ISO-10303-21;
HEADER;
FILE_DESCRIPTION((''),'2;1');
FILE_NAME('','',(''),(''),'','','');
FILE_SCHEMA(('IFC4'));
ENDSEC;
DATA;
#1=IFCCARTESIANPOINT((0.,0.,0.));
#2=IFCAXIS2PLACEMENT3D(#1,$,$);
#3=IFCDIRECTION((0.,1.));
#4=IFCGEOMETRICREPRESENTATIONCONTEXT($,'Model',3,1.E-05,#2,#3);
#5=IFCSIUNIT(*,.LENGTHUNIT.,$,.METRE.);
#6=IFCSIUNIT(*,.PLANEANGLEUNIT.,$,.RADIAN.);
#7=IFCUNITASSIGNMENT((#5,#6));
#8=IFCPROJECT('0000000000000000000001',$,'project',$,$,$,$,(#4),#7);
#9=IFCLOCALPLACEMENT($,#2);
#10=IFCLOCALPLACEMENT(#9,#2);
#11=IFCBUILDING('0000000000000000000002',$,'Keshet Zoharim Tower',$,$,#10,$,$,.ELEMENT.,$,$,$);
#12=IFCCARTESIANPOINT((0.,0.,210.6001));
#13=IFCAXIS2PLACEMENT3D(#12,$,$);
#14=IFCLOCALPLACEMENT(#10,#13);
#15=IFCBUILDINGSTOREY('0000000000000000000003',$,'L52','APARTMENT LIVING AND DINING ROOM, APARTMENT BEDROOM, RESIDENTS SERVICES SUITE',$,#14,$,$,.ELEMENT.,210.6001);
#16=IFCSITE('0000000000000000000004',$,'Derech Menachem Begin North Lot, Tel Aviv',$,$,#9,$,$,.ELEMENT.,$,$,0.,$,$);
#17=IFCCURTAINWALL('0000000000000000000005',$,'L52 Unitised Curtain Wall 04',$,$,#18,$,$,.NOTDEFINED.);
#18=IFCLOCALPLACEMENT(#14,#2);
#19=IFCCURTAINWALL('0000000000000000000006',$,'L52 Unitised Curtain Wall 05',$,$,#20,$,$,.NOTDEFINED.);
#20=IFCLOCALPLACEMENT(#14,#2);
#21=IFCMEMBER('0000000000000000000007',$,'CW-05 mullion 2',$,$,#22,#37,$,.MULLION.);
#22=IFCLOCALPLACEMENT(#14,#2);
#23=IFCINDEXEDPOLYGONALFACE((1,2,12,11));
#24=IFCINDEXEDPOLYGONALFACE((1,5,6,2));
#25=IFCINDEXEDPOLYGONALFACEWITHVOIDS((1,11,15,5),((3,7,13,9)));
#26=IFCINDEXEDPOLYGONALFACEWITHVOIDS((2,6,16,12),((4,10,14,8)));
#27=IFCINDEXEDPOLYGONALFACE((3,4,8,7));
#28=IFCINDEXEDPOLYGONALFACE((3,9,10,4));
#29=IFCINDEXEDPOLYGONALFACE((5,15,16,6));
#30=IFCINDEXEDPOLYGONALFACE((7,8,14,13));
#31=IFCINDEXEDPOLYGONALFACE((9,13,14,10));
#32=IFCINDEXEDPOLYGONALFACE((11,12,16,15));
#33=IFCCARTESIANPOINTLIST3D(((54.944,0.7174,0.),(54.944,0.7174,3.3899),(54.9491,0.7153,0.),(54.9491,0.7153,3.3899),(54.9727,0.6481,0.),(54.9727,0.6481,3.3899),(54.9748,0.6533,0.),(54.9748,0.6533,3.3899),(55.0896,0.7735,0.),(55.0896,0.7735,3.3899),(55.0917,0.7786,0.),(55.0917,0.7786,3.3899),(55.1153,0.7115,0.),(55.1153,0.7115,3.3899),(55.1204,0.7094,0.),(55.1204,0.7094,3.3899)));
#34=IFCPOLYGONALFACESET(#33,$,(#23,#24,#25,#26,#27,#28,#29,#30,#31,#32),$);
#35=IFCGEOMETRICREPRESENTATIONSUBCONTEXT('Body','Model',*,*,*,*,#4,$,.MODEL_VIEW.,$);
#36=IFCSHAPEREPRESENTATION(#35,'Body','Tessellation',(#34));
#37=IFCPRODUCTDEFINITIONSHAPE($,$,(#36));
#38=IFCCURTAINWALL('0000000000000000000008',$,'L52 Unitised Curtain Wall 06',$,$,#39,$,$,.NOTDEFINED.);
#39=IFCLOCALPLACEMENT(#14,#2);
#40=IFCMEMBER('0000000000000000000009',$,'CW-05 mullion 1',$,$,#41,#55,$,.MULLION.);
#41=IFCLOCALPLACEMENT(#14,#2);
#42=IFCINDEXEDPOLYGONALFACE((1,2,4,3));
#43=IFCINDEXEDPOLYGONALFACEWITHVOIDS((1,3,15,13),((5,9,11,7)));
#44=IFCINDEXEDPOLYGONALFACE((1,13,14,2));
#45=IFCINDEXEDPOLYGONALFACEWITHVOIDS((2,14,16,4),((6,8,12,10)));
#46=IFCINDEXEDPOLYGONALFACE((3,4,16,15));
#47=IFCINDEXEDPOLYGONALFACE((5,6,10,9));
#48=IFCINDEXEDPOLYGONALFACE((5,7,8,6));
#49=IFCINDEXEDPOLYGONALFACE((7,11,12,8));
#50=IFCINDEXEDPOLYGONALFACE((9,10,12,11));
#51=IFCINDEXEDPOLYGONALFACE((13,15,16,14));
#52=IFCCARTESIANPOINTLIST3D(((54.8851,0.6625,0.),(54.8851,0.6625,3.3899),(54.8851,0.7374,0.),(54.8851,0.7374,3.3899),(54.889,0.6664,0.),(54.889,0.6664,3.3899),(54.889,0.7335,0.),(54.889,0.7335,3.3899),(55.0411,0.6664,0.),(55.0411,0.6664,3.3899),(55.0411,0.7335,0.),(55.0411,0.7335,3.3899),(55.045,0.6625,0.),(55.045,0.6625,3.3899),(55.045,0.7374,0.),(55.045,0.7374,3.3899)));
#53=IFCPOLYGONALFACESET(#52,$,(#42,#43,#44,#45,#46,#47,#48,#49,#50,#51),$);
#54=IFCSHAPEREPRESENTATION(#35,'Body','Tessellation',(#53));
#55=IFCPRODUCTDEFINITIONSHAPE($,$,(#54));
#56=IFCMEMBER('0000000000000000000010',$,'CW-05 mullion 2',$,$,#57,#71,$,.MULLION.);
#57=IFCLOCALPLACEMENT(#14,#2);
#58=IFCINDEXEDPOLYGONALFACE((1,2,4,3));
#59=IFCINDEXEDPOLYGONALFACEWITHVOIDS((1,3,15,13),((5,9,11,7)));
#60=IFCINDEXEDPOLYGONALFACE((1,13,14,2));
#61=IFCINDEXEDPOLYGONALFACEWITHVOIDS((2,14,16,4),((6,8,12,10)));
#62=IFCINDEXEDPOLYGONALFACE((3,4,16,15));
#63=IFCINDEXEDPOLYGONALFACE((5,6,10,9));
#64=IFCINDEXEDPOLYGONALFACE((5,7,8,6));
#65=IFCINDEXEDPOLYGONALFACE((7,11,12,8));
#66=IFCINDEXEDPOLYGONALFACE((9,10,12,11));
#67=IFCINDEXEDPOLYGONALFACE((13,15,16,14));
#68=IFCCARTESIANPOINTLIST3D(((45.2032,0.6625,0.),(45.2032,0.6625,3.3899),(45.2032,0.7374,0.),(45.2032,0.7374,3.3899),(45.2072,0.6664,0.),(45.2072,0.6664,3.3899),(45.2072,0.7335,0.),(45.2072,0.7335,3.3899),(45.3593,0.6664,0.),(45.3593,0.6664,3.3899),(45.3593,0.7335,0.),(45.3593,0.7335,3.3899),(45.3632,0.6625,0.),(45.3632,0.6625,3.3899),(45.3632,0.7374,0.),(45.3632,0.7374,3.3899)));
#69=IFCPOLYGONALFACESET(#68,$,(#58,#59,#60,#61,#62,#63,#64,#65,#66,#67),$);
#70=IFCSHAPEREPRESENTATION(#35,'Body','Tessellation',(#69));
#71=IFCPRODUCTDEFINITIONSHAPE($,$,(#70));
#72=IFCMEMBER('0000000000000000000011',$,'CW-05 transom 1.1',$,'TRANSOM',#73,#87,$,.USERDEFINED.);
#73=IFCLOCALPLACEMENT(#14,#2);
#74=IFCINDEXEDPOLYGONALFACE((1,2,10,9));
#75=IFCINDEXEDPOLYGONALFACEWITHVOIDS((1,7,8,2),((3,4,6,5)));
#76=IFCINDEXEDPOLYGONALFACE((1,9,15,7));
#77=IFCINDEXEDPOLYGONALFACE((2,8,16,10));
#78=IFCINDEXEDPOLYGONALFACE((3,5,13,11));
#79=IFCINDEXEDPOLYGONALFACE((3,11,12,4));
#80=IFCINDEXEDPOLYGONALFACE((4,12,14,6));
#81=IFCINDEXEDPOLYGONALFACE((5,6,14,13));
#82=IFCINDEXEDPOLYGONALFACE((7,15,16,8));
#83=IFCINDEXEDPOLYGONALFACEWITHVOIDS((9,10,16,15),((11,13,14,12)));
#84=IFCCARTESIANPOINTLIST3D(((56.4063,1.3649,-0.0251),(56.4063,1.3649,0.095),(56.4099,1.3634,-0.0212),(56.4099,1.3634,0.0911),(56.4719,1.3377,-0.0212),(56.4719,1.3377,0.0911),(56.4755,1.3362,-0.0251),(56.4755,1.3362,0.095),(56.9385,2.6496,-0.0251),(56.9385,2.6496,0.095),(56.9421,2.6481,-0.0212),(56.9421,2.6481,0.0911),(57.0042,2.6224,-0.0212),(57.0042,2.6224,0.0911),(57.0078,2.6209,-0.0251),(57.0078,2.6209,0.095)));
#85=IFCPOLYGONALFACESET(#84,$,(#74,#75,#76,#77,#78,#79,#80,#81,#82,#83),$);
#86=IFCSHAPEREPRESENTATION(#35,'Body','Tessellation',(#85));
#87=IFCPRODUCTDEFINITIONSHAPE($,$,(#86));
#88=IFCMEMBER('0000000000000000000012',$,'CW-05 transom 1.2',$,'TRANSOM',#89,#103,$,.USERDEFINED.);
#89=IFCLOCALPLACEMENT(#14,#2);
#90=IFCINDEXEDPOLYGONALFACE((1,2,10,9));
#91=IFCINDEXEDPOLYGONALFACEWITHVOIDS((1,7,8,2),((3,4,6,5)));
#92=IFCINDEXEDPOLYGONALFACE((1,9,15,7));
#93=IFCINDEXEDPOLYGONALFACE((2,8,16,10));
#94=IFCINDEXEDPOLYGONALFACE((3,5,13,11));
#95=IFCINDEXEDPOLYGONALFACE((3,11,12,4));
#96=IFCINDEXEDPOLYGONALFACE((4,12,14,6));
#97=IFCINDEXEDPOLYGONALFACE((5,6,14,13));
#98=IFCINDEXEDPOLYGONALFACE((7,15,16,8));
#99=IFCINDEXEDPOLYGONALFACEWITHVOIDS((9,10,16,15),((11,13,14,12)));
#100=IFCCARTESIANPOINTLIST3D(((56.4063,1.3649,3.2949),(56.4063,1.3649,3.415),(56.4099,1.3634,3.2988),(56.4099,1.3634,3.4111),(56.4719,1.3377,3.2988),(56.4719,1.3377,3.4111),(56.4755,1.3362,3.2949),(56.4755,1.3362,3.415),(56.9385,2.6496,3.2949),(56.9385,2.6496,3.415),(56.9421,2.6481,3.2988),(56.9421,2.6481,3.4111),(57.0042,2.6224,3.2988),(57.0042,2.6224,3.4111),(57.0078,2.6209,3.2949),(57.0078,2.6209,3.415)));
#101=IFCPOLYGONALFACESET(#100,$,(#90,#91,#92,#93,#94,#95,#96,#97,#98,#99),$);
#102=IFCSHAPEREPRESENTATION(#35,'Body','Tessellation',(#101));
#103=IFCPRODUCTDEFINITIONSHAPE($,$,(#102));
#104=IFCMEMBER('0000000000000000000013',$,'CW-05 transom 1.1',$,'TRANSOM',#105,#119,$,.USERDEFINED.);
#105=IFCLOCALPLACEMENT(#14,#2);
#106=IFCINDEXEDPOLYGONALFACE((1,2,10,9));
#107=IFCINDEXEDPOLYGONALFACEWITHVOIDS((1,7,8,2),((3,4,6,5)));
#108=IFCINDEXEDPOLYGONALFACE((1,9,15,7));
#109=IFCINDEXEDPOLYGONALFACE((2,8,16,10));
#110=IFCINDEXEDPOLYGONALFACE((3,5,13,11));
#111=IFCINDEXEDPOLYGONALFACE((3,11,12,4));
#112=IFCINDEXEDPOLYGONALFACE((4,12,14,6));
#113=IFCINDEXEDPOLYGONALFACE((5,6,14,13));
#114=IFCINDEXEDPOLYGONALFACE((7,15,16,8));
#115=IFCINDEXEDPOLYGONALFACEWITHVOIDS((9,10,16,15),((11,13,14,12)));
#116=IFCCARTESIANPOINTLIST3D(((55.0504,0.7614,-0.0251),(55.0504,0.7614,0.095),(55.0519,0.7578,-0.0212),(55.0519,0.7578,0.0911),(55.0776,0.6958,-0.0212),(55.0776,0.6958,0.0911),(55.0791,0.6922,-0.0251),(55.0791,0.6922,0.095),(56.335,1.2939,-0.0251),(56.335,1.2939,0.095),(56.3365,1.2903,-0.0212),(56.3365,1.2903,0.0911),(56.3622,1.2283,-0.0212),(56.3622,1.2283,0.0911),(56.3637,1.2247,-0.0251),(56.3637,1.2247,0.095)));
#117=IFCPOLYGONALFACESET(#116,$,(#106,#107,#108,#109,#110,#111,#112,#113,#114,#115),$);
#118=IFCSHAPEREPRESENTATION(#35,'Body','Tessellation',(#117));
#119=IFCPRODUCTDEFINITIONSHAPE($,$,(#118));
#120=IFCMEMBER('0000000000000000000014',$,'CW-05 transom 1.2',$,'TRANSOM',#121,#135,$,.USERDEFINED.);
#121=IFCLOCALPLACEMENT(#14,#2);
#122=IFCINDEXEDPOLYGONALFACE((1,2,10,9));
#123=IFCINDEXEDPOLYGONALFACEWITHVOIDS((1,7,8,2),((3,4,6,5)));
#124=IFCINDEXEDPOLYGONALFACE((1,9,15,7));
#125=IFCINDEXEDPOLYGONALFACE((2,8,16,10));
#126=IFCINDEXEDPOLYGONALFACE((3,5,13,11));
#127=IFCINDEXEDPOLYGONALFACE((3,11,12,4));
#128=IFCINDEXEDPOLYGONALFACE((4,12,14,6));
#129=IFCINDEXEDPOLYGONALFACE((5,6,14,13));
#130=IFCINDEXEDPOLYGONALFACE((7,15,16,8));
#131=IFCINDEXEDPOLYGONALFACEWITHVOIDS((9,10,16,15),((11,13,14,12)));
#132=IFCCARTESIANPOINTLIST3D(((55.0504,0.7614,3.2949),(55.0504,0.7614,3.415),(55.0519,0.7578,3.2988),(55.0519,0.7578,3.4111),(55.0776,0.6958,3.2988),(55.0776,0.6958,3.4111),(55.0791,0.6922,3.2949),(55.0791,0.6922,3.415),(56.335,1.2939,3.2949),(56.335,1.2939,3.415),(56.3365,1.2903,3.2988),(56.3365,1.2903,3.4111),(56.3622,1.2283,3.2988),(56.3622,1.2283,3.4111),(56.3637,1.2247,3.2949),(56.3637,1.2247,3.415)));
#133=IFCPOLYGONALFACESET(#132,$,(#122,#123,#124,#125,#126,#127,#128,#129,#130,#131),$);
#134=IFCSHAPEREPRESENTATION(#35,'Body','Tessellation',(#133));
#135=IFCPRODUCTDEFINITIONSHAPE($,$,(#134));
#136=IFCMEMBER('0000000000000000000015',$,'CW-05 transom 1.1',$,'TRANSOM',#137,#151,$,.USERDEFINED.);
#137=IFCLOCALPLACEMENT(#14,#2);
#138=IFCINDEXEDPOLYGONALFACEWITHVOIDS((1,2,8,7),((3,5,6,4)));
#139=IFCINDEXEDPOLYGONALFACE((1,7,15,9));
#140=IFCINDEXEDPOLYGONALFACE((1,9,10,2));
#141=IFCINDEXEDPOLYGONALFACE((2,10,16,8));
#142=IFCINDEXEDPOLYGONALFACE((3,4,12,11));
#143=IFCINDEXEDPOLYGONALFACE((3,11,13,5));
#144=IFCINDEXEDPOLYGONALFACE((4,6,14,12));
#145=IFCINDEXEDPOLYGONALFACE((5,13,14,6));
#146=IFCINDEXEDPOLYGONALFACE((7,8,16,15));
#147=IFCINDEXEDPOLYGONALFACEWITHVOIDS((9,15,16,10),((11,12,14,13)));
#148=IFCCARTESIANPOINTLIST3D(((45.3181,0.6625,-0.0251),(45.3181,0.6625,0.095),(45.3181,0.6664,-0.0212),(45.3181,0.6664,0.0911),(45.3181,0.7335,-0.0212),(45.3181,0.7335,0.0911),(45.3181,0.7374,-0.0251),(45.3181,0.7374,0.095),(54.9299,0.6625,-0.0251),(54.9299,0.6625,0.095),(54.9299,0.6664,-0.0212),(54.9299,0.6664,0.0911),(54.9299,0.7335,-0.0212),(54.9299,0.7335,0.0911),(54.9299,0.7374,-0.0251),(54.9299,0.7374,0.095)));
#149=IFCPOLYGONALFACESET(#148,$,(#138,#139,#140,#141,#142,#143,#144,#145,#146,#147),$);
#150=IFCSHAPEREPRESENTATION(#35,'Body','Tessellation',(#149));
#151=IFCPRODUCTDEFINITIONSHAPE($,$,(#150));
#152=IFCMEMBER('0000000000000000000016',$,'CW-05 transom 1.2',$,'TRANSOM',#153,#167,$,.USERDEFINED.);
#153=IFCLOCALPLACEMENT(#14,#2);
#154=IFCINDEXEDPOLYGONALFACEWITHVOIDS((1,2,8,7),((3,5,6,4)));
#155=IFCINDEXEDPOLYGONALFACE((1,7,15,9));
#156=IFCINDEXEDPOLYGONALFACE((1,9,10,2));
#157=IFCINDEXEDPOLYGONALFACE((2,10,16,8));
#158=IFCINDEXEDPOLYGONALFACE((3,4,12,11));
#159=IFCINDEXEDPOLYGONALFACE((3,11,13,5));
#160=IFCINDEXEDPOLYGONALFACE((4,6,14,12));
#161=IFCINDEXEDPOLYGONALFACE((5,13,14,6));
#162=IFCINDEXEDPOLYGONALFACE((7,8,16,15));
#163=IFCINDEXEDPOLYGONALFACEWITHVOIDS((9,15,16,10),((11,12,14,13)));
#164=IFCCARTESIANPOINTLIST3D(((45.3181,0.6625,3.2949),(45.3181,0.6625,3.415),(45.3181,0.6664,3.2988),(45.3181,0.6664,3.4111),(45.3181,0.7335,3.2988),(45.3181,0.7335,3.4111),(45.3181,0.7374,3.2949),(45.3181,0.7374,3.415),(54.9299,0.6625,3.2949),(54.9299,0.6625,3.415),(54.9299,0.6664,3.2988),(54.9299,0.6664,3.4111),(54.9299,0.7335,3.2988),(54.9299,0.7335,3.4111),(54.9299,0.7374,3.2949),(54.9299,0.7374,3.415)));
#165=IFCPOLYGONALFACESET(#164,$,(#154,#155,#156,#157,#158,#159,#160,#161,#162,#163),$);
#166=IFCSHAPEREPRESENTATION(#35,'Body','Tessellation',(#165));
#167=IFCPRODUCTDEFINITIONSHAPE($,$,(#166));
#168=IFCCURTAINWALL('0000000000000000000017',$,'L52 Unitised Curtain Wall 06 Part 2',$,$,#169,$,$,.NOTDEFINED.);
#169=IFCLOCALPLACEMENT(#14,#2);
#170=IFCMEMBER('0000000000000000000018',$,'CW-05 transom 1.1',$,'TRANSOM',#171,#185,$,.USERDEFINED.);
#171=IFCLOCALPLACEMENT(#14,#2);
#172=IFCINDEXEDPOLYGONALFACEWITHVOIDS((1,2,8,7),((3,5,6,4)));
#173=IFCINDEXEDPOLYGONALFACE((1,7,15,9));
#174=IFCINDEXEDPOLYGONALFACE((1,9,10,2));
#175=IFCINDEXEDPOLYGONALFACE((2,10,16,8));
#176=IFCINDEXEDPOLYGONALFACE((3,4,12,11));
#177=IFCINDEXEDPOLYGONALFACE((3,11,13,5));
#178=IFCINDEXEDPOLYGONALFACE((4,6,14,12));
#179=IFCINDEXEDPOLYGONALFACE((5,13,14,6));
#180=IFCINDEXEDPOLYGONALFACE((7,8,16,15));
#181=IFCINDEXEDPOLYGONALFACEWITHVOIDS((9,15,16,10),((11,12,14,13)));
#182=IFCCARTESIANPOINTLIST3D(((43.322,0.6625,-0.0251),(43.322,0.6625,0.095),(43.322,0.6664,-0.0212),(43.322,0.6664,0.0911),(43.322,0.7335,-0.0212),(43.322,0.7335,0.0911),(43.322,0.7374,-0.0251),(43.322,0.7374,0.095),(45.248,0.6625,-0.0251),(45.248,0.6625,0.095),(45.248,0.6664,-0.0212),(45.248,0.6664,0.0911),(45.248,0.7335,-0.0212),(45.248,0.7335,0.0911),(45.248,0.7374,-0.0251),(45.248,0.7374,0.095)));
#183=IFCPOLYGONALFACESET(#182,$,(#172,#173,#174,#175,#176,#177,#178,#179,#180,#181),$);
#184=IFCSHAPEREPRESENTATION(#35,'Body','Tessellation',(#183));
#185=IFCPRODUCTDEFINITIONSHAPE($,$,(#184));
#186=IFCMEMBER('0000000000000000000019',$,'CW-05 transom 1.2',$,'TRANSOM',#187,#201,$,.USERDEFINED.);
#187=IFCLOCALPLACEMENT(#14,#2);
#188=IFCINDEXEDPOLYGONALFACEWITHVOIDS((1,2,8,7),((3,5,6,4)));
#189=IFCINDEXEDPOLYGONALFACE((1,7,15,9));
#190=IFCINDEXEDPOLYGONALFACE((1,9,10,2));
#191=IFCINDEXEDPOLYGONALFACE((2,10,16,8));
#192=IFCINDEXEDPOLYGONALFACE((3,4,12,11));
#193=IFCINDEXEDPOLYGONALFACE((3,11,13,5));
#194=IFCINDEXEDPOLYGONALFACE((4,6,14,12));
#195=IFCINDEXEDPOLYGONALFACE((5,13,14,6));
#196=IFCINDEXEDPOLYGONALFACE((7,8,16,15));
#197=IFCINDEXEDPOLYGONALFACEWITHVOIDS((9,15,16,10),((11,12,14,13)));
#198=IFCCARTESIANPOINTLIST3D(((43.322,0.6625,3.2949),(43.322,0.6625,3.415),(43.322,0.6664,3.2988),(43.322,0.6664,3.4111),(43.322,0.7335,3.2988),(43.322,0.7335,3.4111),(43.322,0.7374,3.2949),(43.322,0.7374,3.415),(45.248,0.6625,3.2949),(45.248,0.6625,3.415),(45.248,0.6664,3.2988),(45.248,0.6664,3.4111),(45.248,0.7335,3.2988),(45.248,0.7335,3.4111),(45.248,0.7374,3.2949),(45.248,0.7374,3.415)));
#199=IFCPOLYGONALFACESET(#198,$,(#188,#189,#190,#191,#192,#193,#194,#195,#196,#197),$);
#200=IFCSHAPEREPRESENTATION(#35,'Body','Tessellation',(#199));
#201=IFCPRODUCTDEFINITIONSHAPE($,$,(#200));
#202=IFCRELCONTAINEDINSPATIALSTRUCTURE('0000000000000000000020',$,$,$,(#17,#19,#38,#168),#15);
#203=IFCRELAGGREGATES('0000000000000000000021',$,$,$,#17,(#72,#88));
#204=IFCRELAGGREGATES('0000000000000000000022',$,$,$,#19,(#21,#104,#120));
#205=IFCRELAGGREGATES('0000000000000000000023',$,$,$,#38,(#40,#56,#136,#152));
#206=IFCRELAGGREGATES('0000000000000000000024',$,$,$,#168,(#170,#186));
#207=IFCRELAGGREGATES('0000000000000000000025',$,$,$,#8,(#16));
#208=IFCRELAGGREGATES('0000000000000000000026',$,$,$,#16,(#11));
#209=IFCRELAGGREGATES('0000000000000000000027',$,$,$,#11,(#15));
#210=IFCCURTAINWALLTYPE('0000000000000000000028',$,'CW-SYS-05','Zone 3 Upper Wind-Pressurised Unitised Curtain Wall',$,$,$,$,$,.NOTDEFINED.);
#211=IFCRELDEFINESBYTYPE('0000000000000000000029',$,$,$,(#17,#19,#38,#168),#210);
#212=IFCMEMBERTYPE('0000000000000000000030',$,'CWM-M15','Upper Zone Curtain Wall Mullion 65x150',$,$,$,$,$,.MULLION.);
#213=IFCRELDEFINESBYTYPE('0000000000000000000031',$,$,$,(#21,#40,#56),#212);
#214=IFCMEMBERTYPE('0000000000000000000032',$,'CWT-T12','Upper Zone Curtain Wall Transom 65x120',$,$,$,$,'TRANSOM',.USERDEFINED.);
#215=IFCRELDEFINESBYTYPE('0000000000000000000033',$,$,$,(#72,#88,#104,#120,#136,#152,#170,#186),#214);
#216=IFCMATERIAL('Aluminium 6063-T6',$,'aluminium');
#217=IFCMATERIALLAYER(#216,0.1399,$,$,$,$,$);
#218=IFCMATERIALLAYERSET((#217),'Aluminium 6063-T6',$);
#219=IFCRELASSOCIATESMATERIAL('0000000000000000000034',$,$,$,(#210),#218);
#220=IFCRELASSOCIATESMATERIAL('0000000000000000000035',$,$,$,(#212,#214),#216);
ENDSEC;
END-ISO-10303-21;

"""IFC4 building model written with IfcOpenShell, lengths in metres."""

from ifc_helpers import new_model, si_unit, direction, frame, origin, origin_2d, place, context, subcontext, project, spatial, hollow_rectangle, extrude, material, layer, layer_set, material_profile, profile_set, type_object, element, aggregate, save


model = new_model("IFC4")

# Units and contexts
model_context = context("Model", 3, precision=1e-05, world=origin(), true_north=direction((0.0, 1.0)))
body_context = subcontext(model_context, "Body", "Model", "MODEL_VIEW")
ifc_project = project(units=[si_unit("LENGTHUNIT", "METRE"), si_unit("PLANEANGLEUNIT", "RADIAN")], contexts=[model_context])

# Site, building, storey
site_placement = place(None, origin())
site = spatial("IfcSite", under=ifc_project, at=site_placement, Name="Derech Menachem Begin North Lot, Tel Aviv", CompositionType="ELEMENT", RefElevation=0.0)
building_placement = place(site_placement, origin())
building = spatial("IfcBuilding", under=site, at=building_placement, Name="Keshet Zoharim Tower", CompositionType="ELEMENT")
storey_placement = place(building_placement, frame((0.0, 0.0, 210.6001)))
storey = spatial("IfcBuildingStorey", under=building, at=storey_placement, Name="L52", Description="APARTMENT LIVING AND DINING ROOM, APARTMENT BEDROOM, RESIDENTS SERVICES SUITE", CompositionType="ELEMENT", Elevation=210.6001)

# Curtain walls, members
ifc_material_1 = material(Name="Aluminium 6063-T6", Category="aluminium")
ifc_layer_1 = layer(ifc_material_1, 0.1399)
ifc_layer_set_1 = layer_set([ifc_layer_1], Name="Aluminium 6063-T6")
curtain_wall_type = type_object("IfcCurtainWallType", Name="CW-SYS-05", Description="Zone 3 Upper Wind-Pressurised Unitised Curtain Wall", PredefinedType="NOTDEFINED", material=ifc_layer_set_1)
curtain_wall_1_placement = place(storey_placement, origin())
curtain_wall_1 = element("IfcCurtainWall", 1, at=curtain_wall_1_placement, inside=storey, type_object=curtain_wall_type, Name="L52 Unitised Curtain Wall 04", PredefinedType="NOTDEFINED")
ifc_material_profile_1 = material_profile(ifc_material_1, hollow_rectangle(XDim=0.075, YDim=0.1599, WallThickness=0.0039, at=origin_2d()), Name="MUL-75x160")
ifc_profile_set_1 = profile_set([ifc_material_profile_1], Name="Aluminium 6063-T6")
member_type_1 = type_object("IfcMemberType", Name="CWM-M15", Description="Upper Zone Curtain Wall Mullion 65x150", PredefinedType="MULLION", material=ifc_profile_set_1)
curtain_wall_2_placement = place(storey_placement, origin())
curtain_wall_2 = element("IfcCurtainWall", 2, at=curtain_wall_2_placement, inside=storey, type_object=curtain_wall_type, Name="L52 Unitised Curtain Wall 05", PredefinedType="NOTDEFINED")
member_1_placement = place(storey_placement, frame((55.0322, 0.7134, 0.0), z_axis=(0.0, 0.0, 1.0), x_axis=(0.382852, -0.92381, 0.0)))
member_1 = element("IfcMember", 3, at=member_1_placement, type_object=member_type_1, Name="CW-05 mullion 2", PredefinedType="MULLION", context=body_context, shape_type="SweptSolid", body=[
    extrude(hollow_rectangle(XDim=0.075, YDim=0.1599, WallThickness=0.0039, at=origin_2d()), origin(), (0.0, 0.0, 1.0), 3.3899),
])
curtain_wall_3_placement = place(storey_placement, origin())
curtain_wall_3 = element("IfcCurtainWall", 4, at=curtain_wall_3_placement, inside=storey, type_object=curtain_wall_type, Name="L52 Unitised Curtain Wall 06", PredefinedType="NOTDEFINED")
member_2_placement = place(storey_placement, frame((54.9651, 0.7, 0.0), z_axis=(0.0, 0.0, 1.0), x_axis=(0.0, -1.0, 0.0)))
member_2 = element("IfcMember", 5, at=member_2_placement, type_object=member_type_1, Name="CW-05 mullion 1", PredefinedType="MULLION", context=body_context, shape_type="SweptSolid", body=[
    extrude(hollow_rectangle(XDim=0.075, YDim=0.1599, WallThickness=0.0039, at=origin_2d()), origin(), (0.0, 0.0, 1.0), 3.3899),
])
member_3_placement = place(storey_placement, frame((45.2832, 0.7, 0.0), z_axis=(0.0, 0.0, 1.0), x_axis=(0.0, -1.0, 0.0)))
member_3 = element("IfcMember", 6, at=member_3_placement, type_object=member_type_1, Name="CW-05 mullion 2", PredefinedType="MULLION", context=body_context, shape_type="SweptSolid", body=[
    extrude(hollow_rectangle(XDim=0.075, YDim=0.1599, WallThickness=0.0039, at=origin_2d()), origin(), (0.0, 0.0, 1.0), 3.3899),
])

# Members
ifc_material_profile_2 = material_profile(ifc_material_1, hollow_rectangle(XDim=0.075, YDim=0.1201, WallThickness=0.0039, at=origin_2d()), Name="TRN-75x120")
ifc_profile_set_2 = profile_set([ifc_material_profile_2], Name="Aluminium 6063-T6")
member_type_2 = type_object("IfcMemberType", Name="CWT-T12", Description="Upper Zone Curtain Wall Transom 65x120", ElementType="TRANSOM", PredefinedType="USERDEFINED", material=ifc_profile_set_2)
member_4_placement = place(storey_placement, frame((56.9731, 2.6353, 0.0349), z_axis=(-0.382745, -0.923854, 0.0), x_axis=(0.923854, -0.382745, 0.0)))
member_4 = element("IfcMember", 7, at=member_4_placement, type_object=member_type_2, Name="CW-05 transom 1.1", ObjectType="TRANSOM", PredefinedType="USERDEFINED", context=body_context, shape_type="SweptSolid", body=[
    extrude(hollow_rectangle(XDim=0.075, YDim=0.1201, WallThickness=0.0039, at=origin_2d()), origin(), (0.0, 0.0, 1.0), 1.3906),
])
member_5_placement = place(storey_placement, frame((56.9731, 2.6353, 3.355), z_axis=(-0.382745, -0.923854, 0.0), x_axis=(0.923854, -0.382745, 0.0)))
member_5 = element("IfcMember", 8, at=member_5_placement, type_object=member_type_2, Name="CW-05 transom 1.2", ObjectType="TRANSOM", PredefinedType="USERDEFINED", context=body_context, shape_type="SweptSolid", body=[
    extrude(hollow_rectangle(XDim=0.075, YDim=0.1201, WallThickness=0.0039, at=origin_2d()), origin(), (0.0, 0.0, 1.0), 1.3906),
])
member_6_placement = place(storey_placement, frame((56.3494, 1.2593, 0.0349), z_axis=(-0.923792, -0.382894, 0.0), x_axis=(0.382894, -0.923792, 0.0)))
member_6 = element("IfcMember", 9, at=member_6_placement, type_object=member_type_2, Name="CW-05 transom 1.1", ObjectType="TRANSOM", PredefinedType="USERDEFINED", context=body_context, shape_type="SweptSolid", body=[
    extrude(hollow_rectangle(XDim=0.075, YDim=0.1201, WallThickness=0.0039, at=origin_2d()), origin(), (0.0, 0.0, 1.0), 1.3906),
])
member_7_placement = place(storey_placement, frame((56.3494, 1.2593, 3.355), z_axis=(-0.923792, -0.382894, 0.0), x_axis=(0.382894, -0.923792, 0.0)))
member_7 = element("IfcMember", 10, at=member_7_placement, type_object=member_type_2, Name="CW-05 transom 1.2", ObjectType="TRANSOM", PredefinedType="USERDEFINED", context=body_context, shape_type="SweptSolid", body=[
    extrude(hollow_rectangle(XDim=0.075, YDim=0.1201, WallThickness=0.0039, at=origin_2d()), origin(), (0.0, 0.0, 1.0), 1.3906),
])
member_8_placement = place(storey_placement, frame((54.9299, 0.7, 0.0349), z_axis=(-1.0, 0.0, 0.0), x_axis=(0.0, -1.0, 0.0)))
member_8 = element("IfcMember", 11, at=member_8_placement, type_object=member_type_2, Name="CW-05 transom 1.1", ObjectType="TRANSOM", PredefinedType="USERDEFINED", context=body_context, shape_type="SweptSolid", body=[
    extrude(hollow_rectangle(XDim=0.075, YDim=0.1201, WallThickness=0.0039, at=origin_2d()), origin(), (0.0, 0.0, 1.0), 9.6118),
])
member_9_placement = place(storey_placement, frame((54.9299, 0.7, 3.355), z_axis=(-1.0, 0.0, 0.0), x_axis=(0.0, -1.0, 0.0)))
member_9 = element("IfcMember", 12, at=member_9_placement, type_object=member_type_2, Name="CW-05 transom 1.2", ObjectType="TRANSOM", PredefinedType="USERDEFINED", context=body_context, shape_type="SweptSolid", body=[
    extrude(hollow_rectangle(XDim=0.075, YDim=0.1201, WallThickness=0.0039, at=origin_2d()), origin(), (0.0, 0.0, 1.0), 9.6118),
])

# Curtain wall, members
curtain_wall_4_placement = place(storey_placement, origin())
curtain_wall_4 = element("IfcCurtainWall", 13, at=curtain_wall_4_placement, inside=storey, type_object=curtain_wall_type, Name="L52 Unitised Curtain Wall 06 Part 2", PredefinedType="NOTDEFINED")
member_10_placement = place(storey_placement, frame((45.248, 0.7, 0.0349), z_axis=(-1.0, 0.0, 0.0), x_axis=(0.0, -1.0, 0.0)))
member_10 = element("IfcMember", 14, at=member_10_placement, type_object=member_type_2, Name="CW-05 transom 1.1", ObjectType="TRANSOM", PredefinedType="USERDEFINED", context=body_context, shape_type="SweptSolid", body=[
    extrude(hollow_rectangle(XDim=0.075, YDim=0.1201, WallThickness=0.0039, at=origin_2d()), origin(), (0.0, 0.0, 1.0), 1.926),
])
member_11_placement = place(storey_placement, frame((45.248, 0.7, 3.355), z_axis=(-1.0, 0.0, 0.0), x_axis=(0.0, -1.0, 0.0)))
member_11 = element("IfcMember", 15, at=member_11_placement, type_object=member_type_2, Name="CW-05 transom 1.2", ObjectType="TRANSOM", PredefinedType="USERDEFINED", context=body_context, shape_type="SweptSolid", body=[
    extrude(hollow_rectangle(XDim=0.075, YDim=0.1201, WallThickness=0.0039, at=origin_2d()), origin(), (0.0, 0.0, 1.0), 1.926),
])

aggregate(curtain_wall_1, [member_4, member_5])
aggregate(curtain_wall_2, [member_1, member_6, member_7])
aggregate(curtain_wall_3, [member_2, member_3, member_8, member_9])
aggregate(curtain_wall_4, [member_10, member_11])

save(model, "model.ifc")
